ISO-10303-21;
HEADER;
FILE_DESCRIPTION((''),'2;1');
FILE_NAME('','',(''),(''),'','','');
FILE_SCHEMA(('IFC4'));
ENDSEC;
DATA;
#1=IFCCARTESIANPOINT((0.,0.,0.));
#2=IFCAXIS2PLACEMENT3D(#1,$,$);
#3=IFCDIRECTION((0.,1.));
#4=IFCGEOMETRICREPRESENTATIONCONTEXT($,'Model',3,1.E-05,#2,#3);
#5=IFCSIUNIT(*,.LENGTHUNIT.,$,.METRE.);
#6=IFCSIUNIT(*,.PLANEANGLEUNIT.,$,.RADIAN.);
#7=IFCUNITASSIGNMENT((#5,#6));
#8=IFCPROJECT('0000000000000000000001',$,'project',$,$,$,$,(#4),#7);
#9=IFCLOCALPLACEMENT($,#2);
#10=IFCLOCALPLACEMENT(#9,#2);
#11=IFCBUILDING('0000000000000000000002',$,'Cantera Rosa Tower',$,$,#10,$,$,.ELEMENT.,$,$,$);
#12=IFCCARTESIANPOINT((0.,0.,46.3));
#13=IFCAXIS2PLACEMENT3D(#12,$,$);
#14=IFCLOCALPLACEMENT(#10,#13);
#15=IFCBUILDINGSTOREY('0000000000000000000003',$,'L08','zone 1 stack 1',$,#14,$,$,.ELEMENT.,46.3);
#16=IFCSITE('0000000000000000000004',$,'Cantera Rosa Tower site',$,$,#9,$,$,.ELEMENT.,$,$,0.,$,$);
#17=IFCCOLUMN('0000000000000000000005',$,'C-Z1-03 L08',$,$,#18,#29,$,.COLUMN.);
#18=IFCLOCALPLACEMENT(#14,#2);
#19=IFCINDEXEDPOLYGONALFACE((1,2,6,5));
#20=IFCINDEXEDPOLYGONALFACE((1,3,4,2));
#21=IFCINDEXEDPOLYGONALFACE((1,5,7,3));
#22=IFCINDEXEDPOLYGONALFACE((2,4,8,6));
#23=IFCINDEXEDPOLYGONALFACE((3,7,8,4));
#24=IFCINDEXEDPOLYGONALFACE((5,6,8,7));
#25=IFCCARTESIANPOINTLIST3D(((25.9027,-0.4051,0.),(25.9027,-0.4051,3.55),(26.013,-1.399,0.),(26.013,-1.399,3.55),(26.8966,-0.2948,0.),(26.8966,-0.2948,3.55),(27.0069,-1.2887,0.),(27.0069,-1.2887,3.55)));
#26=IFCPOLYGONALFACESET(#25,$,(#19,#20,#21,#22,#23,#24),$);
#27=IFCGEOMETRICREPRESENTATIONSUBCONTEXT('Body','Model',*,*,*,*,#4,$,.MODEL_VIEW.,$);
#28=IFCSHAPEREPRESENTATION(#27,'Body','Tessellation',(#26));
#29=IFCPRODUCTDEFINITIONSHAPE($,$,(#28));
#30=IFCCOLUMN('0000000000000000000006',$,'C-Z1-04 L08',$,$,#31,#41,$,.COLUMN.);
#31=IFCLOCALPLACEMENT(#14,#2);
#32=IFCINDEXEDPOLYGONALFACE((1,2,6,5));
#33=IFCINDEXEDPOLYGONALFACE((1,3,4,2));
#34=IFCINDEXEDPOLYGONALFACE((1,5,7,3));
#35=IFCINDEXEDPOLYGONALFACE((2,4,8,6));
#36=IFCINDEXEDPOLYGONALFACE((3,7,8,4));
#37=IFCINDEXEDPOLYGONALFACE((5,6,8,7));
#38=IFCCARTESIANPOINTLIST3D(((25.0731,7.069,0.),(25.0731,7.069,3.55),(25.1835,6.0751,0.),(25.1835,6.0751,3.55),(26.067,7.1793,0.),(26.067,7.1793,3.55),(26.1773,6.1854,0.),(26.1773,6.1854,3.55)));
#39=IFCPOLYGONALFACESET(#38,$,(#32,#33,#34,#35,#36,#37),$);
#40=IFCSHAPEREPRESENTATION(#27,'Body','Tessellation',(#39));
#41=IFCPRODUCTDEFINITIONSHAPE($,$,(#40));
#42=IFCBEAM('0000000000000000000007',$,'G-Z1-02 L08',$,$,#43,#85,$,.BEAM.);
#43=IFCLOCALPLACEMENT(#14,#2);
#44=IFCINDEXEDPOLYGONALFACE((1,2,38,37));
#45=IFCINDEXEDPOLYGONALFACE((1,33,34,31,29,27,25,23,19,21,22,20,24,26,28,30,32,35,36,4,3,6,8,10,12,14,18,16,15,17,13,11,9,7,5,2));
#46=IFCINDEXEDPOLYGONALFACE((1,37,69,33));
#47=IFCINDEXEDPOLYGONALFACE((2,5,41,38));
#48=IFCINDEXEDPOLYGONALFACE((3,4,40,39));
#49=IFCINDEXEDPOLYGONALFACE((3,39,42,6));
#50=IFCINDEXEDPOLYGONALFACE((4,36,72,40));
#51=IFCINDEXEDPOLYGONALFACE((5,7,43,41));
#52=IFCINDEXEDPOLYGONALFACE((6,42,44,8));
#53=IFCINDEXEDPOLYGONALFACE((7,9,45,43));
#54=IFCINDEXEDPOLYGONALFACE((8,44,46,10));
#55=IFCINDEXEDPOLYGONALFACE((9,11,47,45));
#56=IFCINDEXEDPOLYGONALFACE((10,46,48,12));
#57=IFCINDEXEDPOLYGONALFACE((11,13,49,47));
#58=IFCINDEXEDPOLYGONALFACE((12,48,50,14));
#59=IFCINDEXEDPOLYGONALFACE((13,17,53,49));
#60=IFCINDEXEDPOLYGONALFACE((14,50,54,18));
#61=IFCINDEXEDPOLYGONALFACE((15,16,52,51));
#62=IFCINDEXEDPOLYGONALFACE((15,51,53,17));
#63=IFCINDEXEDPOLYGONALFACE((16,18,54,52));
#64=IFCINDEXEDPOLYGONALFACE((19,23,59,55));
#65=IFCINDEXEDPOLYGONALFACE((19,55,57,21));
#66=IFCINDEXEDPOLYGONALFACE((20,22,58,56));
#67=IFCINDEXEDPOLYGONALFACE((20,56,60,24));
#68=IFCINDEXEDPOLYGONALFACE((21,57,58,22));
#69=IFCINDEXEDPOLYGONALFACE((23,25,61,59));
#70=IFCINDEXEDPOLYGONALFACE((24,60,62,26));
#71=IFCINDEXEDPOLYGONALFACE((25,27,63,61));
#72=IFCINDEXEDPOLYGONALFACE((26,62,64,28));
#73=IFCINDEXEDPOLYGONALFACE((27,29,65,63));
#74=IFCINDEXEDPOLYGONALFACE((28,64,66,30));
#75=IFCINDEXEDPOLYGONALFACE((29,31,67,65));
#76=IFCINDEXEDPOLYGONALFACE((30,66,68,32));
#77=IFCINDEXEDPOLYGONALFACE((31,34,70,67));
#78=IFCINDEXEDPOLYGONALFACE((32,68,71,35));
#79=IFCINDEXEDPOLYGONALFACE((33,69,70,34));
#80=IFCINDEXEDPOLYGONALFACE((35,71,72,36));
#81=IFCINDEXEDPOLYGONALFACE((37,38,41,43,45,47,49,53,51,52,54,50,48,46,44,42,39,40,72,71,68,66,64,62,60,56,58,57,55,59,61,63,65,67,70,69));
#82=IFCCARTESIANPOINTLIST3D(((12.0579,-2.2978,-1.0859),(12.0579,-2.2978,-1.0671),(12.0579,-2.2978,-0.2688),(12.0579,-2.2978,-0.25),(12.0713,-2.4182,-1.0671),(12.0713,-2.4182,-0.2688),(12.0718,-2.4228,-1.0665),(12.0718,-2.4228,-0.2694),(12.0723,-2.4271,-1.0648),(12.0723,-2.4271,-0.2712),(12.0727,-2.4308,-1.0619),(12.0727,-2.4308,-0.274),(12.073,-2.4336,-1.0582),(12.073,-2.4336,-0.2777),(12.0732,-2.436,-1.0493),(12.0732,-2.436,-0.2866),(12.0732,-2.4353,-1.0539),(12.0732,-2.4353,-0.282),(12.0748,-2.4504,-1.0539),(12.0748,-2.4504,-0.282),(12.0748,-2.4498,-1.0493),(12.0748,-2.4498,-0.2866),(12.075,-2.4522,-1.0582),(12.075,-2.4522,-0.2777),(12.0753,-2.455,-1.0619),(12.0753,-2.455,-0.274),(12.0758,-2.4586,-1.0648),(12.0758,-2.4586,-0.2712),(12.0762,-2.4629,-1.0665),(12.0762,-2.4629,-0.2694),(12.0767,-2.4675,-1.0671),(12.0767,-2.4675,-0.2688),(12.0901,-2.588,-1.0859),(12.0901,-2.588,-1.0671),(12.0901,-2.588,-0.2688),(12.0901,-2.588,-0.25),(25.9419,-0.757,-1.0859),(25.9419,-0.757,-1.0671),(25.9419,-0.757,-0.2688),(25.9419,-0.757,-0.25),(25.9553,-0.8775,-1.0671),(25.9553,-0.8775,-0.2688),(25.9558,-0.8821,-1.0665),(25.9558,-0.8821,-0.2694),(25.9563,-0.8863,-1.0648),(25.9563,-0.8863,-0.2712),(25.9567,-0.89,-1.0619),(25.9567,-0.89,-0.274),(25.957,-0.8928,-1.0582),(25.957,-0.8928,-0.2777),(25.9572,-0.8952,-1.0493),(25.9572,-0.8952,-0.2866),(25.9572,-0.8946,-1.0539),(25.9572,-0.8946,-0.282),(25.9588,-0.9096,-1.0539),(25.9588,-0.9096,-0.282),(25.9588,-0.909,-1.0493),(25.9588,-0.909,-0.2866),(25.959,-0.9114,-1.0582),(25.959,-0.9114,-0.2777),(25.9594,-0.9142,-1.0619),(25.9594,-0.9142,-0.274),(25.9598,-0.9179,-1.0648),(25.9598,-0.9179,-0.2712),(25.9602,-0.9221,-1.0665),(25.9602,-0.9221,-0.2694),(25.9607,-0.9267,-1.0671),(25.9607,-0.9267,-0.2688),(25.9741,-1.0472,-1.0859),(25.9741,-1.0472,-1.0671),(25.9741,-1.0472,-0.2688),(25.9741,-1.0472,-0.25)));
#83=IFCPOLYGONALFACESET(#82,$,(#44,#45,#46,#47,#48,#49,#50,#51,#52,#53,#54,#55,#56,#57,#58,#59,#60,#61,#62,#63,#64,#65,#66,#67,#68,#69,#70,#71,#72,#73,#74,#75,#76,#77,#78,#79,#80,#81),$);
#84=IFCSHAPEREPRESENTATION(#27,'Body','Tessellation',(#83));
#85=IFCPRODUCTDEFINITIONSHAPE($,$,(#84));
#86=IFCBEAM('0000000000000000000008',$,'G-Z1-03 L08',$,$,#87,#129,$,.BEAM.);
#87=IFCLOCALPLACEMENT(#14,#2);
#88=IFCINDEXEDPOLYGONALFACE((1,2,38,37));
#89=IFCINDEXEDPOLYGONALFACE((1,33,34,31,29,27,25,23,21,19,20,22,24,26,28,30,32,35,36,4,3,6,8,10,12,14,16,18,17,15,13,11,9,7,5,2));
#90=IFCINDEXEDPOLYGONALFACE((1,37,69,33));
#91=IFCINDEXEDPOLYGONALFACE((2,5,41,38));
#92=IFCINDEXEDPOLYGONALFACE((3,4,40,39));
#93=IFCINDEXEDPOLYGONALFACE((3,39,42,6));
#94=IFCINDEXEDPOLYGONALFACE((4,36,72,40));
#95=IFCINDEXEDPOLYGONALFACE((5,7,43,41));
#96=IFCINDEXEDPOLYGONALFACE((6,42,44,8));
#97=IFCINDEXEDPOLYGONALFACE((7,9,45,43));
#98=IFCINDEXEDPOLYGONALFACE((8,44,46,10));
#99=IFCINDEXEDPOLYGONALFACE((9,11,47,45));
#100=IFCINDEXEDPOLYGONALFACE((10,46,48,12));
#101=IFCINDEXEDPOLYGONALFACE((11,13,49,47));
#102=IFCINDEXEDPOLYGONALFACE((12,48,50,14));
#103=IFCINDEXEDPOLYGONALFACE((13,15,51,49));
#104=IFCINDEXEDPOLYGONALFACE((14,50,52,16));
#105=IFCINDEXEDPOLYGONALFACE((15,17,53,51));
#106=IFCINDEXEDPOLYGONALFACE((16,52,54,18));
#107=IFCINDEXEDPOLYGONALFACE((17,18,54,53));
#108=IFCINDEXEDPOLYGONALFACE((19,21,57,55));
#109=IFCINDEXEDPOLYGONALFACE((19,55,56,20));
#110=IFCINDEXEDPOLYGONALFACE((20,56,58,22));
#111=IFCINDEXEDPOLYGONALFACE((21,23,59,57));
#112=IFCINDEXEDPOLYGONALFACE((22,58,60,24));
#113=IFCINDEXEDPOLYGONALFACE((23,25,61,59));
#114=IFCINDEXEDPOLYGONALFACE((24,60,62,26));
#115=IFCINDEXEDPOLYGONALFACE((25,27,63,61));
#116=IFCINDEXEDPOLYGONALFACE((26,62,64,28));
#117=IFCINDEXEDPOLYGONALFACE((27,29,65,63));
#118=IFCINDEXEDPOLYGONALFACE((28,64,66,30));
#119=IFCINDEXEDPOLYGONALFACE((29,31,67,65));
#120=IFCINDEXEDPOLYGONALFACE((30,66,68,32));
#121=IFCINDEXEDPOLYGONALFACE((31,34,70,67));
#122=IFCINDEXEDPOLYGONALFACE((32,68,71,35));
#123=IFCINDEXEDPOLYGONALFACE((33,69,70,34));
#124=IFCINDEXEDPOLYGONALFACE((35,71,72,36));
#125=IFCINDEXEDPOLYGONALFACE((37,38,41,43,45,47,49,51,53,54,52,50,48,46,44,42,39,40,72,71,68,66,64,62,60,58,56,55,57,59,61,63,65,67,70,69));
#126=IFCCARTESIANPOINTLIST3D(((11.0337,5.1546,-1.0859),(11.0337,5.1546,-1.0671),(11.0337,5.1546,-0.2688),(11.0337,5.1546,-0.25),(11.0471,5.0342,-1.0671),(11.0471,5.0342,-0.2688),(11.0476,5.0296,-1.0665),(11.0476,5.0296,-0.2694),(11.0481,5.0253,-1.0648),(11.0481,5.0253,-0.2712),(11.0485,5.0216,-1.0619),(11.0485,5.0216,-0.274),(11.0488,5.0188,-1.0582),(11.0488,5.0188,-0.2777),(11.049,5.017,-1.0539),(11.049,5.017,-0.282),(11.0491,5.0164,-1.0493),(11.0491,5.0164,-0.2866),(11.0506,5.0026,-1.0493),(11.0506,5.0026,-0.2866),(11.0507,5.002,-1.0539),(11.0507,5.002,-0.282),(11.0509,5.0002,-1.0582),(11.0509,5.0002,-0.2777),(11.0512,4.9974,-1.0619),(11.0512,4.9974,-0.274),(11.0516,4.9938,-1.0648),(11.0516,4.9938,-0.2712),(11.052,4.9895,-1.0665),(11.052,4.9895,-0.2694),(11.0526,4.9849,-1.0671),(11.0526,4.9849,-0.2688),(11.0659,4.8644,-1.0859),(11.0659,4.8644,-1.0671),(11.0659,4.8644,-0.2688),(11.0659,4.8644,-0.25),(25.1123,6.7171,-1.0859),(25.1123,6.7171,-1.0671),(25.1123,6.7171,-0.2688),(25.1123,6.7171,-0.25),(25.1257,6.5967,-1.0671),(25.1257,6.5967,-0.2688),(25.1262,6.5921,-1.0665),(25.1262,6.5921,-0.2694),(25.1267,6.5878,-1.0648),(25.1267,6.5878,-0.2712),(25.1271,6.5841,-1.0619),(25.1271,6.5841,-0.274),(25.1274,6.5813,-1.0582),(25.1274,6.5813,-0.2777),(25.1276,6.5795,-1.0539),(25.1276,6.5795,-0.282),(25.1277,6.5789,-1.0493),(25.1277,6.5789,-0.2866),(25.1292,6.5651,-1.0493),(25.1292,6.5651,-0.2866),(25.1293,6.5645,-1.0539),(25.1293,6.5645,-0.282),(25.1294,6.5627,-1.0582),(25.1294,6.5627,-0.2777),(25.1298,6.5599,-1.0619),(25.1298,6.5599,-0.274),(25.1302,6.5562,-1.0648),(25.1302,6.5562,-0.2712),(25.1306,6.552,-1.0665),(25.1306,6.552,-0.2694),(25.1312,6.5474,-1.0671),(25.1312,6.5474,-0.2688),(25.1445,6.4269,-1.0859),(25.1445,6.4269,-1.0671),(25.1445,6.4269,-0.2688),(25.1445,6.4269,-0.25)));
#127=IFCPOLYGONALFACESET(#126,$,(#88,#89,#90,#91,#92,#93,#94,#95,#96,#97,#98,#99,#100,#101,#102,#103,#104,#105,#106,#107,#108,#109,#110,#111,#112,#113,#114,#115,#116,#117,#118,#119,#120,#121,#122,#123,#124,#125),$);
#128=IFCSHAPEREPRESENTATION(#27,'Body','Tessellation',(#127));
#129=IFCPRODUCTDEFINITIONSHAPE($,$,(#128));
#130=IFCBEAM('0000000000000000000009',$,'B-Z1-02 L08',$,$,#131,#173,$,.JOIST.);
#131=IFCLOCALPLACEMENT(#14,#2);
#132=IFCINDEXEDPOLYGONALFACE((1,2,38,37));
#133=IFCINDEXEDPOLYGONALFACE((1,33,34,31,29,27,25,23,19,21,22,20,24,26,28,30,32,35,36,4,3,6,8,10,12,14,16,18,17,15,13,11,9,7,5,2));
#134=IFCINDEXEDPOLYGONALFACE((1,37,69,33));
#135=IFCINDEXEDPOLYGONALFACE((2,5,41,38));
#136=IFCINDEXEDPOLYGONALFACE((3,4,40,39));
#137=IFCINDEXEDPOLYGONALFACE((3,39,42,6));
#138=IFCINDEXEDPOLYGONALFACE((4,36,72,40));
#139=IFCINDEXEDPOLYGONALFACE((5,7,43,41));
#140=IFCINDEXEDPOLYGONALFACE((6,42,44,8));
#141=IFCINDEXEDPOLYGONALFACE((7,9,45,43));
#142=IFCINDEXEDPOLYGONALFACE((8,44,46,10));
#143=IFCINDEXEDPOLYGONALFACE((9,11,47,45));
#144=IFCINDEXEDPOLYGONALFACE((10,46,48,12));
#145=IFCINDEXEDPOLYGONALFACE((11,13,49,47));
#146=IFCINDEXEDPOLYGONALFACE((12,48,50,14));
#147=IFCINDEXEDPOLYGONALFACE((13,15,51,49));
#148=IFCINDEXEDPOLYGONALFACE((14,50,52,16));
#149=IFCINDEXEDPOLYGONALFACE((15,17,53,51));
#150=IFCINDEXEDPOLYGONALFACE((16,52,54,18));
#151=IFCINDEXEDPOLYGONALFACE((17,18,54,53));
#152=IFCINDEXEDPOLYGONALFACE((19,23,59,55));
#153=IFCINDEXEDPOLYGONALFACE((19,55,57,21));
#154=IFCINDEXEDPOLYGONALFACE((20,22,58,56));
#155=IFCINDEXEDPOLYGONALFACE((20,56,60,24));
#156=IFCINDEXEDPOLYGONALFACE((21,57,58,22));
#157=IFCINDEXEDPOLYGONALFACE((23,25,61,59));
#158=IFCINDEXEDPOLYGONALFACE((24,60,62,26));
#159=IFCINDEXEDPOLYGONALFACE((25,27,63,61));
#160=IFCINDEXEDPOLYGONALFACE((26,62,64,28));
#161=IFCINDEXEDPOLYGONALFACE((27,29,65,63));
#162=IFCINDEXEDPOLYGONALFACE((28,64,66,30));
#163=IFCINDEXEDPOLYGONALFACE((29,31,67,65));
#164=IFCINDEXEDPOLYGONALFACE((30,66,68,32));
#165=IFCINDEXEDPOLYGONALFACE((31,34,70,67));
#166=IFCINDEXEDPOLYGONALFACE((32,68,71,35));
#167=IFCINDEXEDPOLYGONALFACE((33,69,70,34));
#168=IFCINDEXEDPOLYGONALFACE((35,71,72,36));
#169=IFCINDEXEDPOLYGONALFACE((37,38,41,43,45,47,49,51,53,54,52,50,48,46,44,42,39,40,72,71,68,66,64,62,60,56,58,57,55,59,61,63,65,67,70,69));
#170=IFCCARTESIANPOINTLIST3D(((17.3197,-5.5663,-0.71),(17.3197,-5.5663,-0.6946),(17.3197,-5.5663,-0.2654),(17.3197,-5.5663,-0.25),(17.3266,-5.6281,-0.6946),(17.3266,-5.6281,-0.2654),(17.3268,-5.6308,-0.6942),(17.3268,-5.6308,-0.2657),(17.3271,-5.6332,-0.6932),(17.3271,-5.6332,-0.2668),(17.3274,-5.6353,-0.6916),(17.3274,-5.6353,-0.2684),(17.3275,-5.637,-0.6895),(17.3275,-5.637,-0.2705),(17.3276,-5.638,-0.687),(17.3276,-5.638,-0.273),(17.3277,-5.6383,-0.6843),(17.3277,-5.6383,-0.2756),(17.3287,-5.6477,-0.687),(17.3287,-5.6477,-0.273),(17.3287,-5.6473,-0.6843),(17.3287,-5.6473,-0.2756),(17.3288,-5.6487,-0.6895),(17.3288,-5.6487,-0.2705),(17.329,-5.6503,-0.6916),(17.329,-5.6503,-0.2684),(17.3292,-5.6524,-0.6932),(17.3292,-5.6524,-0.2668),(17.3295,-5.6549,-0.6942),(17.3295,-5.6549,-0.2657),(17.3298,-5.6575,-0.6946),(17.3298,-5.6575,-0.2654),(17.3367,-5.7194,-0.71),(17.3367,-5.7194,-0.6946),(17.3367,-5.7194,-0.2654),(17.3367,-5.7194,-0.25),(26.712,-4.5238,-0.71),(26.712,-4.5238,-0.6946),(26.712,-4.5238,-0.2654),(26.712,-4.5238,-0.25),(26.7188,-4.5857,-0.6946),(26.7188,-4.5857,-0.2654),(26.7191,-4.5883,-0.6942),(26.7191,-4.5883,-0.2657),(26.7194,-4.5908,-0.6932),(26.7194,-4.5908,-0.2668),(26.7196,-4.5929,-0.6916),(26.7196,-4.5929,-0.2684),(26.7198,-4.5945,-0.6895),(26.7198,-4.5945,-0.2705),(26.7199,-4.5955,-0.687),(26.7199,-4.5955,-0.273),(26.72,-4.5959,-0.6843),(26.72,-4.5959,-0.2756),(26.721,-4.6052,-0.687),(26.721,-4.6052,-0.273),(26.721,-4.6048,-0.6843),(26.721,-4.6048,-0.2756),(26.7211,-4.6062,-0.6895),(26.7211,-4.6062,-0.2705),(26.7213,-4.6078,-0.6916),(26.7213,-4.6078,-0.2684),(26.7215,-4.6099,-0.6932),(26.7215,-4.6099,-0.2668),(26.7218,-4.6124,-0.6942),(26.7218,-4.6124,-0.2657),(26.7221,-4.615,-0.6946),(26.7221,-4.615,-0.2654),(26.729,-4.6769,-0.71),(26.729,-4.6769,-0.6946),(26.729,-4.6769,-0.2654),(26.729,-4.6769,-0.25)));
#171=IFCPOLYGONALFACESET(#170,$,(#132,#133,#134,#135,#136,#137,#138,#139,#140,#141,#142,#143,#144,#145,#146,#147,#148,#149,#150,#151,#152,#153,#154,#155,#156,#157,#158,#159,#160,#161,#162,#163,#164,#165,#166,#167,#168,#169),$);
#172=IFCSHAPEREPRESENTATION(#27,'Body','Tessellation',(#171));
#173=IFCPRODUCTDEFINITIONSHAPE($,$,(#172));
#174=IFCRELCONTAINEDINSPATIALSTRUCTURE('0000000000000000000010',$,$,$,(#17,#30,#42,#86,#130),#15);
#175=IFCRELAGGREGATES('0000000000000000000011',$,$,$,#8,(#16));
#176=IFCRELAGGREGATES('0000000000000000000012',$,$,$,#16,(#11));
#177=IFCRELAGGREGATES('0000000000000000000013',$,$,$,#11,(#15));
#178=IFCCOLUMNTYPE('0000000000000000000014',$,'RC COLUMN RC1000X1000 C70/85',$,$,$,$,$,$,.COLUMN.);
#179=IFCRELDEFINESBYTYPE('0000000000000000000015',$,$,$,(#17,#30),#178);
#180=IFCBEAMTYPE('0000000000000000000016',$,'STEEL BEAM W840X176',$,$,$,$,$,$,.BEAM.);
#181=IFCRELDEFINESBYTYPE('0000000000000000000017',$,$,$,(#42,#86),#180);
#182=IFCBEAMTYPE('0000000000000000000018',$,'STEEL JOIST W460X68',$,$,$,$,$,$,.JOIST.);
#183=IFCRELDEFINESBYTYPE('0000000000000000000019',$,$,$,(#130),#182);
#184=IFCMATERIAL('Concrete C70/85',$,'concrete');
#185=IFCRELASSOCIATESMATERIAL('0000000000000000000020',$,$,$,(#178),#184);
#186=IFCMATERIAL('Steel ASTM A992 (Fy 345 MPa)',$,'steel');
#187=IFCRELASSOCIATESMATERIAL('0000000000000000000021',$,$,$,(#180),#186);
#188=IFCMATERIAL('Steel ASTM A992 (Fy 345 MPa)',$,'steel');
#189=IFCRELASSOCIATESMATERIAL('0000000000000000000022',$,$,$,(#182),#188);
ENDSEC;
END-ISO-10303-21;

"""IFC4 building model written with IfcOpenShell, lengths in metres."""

from ifc_helpers import new_model, si_unit, direction, frame, origin, origin_2d, place, context, subcontext, project, spatial, rectangle, i_section, extrude, material, material_profile, profile_set, type_object, element, save


model = new_model("IFC4")

# Units and contexts
model_context = context("Model", 3, precision=1e-05, world=origin(), true_north=direction((0.0, 1.0)))
body_context = subcontext(model_context, "Body", "Model", "MODEL_VIEW")
ifc_project = project(units=[si_unit("LENGTHUNIT", "METRE"), si_unit("PLANEANGLEUNIT", "RADIAN")], contexts=[model_context])

# Site, building, storey
site_placement = place(None, origin())
site = spatial("IfcSite", under=ifc_project, at=site_placement, Name="Cantera Rosa Tower site", CompositionType="ELEMENT", RefElevation=0.0)
building_placement = place(site_placement, origin())
building = spatial("IfcBuilding", under=site, at=building_placement, Name="Cantera Rosa Tower", CompositionType="ELEMENT")
storey_placement = place(building_placement, frame((0.0, 0.0, 46.3)))
storey = spatial("IfcBuildingStorey", under=building, at=storey_placement, Name="L08", Description="zone 1 stack 1", CompositionType="ELEMENT", Elevation=46.3)

# Columns
ifc_material_1 = material(Name="Concrete C70/85", Category="concrete")
ifc_material_profile_1 = material_profile(ifc_material_1, rectangle(XDim=1.0, YDim=1.0, at=origin_2d()), Name="RC COLUMN RC1000X1000 C70/85")
ifc_profile_set_1 = profile_set([ifc_material_profile_1], Name="Concrete C70/85")
column_type = type_object("IfcColumnType", Name="RC COLUMN RC1000X1000 C70/85", PredefinedType="COLUMN", material=ifc_profile_set_1)
for number, where, z_axis, x_axis, name in (
    (1, (26.4548, -0.8469, 0.0), (0.0, 0.0, 1.0), (0.993897, 0.110313, 0.0), "C-Z1-03 L08"),
    (2, (25.6252, 6.6272, 0.0), (0.0, 0.0, 1.0), (0.993897, 0.110313, 0.0), "C-Z1-04 L08"),
):
    element("IfcColumn", number, at=place(storey_placement, frame(where, z_axis=z_axis, x_axis=x_axis)), inside=storey, type_object=column_type, Name=name, PredefinedType="COLUMN", context=body_context, shape_type="SweptSolid", body=[
        extrude(rectangle(XDim=1.0, YDim=1.0, at=origin_2d()), origin(), (0.0, 0.0, 1.0), 3.55),
    ])

# Beams
ifc_material_2 = material(Name="Steel ASTM A992 (Fy 345 MPa)", Category="steel")
ifc_material_profile_2 = material_profile(ifc_material_2, i_section(OverallWidth=0.292, OverallDepth=0.8359, WebThickness=0.0139, FlangeThickness=0.0188, FilletRadius=0.0178, at=origin_2d()), Name="W840X176")
ifc_profile_set_2 = profile_set([ifc_material_profile_2], Name="Steel ASTM A992 (Fy 345 MPa)")
beam_type_1 = type_object("IfcBeamType", Name="STEEL BEAM W840X176", PredefinedType="BEAM", material=ifc_profile_set_2)
beam_1_placement = place(storey_placement, frame((25.958, -0.9021, -0.668), z_axis=(-0.993899, -0.110297, 0.0), x_axis=(0.110297, -0.993899, 0.0)))
element("IfcBeam", 3, at=beam_1_placement, inside=storey, type_object=beam_type_1, Name="G-Z1-02 L08", PredefinedType="BEAM", context=body_context, shape_type="SweptSolid", body=[
    extrude(i_section(OverallWidth=0.292, OverallDepth=0.8359, WebThickness=0.0139, FlangeThickness=0.0188, FilletRadius=0.0178, at=origin_2d()), origin(), (0.0, 0.0, 1.0), 13.9692),
])
beam_2_placement = place(storey_placement, frame((25.1284, 6.572, -0.668), z_axis=(-0.993898, -0.110307, 0.0), x_axis=(0.110307, -0.993898, 0.0)))
element("IfcBeam", 4, at=beam_2_placement, inside=storey, type_object=beam_type_1, Name="G-Z1-03 L08", PredefinedType="BEAM", context=body_context, shape_type="SweptSolid", body=[
    extrude(i_section(OverallWidth=0.292, OverallDepth=0.8359, WebThickness=0.0139, FlangeThickness=0.0188, FilletRadius=0.0178, at=origin_2d()), origin(), (0.0, 0.0, 1.0), 14.165),
])
ifc_material_3 = material(Name="Steel ASTM A992 (Fy 345 MPa)", Category="steel")
ifc_material_profile_3 = material_profile(ifc_material_3, i_section(OverallWidth=0.1541, OverallDepth=0.46, WebThickness=0.009, FlangeThickness=0.0154, FilletRadius=0.0103, at=origin_2d()), Name="W460X68")
ifc_profile_set_3 = profile_set([ifc_material_profile_3], Name="Steel ASTM A992 (Fy 345 MPa)")
beam_type_2 = type_object("IfcBeamType", Name="STEEL JOIST W460X68", PredefinedType="JOIST", material=ifc_profile_set_3)
for number, where, z_axis, x_axis, name in (
    (5, (26.7205, -4.6003, -0.48), (-0.993897, -0.110315, 0.0), (0.110315, -0.993897, 0.0), "B-Z1-02 L08"),
):
    element("IfcBeam", number, at=place(storey_placement, frame(where, z_axis=z_axis, x_axis=x_axis)), inside=storey, type_object=beam_type_2, Name=name, PredefinedType="JOIST", context=body_context, shape_type="SweptSolid", body=[
        extrude(i_section(OverallWidth=0.1541, OverallDepth=0.46, WebThickness=0.009, FlangeThickness=0.0154, FilletRadius=0.0103, at=origin_2d()), origin(), (0.0, 0.0, 1.0), 9.45),
    ])

save(model, "model.ifc")
